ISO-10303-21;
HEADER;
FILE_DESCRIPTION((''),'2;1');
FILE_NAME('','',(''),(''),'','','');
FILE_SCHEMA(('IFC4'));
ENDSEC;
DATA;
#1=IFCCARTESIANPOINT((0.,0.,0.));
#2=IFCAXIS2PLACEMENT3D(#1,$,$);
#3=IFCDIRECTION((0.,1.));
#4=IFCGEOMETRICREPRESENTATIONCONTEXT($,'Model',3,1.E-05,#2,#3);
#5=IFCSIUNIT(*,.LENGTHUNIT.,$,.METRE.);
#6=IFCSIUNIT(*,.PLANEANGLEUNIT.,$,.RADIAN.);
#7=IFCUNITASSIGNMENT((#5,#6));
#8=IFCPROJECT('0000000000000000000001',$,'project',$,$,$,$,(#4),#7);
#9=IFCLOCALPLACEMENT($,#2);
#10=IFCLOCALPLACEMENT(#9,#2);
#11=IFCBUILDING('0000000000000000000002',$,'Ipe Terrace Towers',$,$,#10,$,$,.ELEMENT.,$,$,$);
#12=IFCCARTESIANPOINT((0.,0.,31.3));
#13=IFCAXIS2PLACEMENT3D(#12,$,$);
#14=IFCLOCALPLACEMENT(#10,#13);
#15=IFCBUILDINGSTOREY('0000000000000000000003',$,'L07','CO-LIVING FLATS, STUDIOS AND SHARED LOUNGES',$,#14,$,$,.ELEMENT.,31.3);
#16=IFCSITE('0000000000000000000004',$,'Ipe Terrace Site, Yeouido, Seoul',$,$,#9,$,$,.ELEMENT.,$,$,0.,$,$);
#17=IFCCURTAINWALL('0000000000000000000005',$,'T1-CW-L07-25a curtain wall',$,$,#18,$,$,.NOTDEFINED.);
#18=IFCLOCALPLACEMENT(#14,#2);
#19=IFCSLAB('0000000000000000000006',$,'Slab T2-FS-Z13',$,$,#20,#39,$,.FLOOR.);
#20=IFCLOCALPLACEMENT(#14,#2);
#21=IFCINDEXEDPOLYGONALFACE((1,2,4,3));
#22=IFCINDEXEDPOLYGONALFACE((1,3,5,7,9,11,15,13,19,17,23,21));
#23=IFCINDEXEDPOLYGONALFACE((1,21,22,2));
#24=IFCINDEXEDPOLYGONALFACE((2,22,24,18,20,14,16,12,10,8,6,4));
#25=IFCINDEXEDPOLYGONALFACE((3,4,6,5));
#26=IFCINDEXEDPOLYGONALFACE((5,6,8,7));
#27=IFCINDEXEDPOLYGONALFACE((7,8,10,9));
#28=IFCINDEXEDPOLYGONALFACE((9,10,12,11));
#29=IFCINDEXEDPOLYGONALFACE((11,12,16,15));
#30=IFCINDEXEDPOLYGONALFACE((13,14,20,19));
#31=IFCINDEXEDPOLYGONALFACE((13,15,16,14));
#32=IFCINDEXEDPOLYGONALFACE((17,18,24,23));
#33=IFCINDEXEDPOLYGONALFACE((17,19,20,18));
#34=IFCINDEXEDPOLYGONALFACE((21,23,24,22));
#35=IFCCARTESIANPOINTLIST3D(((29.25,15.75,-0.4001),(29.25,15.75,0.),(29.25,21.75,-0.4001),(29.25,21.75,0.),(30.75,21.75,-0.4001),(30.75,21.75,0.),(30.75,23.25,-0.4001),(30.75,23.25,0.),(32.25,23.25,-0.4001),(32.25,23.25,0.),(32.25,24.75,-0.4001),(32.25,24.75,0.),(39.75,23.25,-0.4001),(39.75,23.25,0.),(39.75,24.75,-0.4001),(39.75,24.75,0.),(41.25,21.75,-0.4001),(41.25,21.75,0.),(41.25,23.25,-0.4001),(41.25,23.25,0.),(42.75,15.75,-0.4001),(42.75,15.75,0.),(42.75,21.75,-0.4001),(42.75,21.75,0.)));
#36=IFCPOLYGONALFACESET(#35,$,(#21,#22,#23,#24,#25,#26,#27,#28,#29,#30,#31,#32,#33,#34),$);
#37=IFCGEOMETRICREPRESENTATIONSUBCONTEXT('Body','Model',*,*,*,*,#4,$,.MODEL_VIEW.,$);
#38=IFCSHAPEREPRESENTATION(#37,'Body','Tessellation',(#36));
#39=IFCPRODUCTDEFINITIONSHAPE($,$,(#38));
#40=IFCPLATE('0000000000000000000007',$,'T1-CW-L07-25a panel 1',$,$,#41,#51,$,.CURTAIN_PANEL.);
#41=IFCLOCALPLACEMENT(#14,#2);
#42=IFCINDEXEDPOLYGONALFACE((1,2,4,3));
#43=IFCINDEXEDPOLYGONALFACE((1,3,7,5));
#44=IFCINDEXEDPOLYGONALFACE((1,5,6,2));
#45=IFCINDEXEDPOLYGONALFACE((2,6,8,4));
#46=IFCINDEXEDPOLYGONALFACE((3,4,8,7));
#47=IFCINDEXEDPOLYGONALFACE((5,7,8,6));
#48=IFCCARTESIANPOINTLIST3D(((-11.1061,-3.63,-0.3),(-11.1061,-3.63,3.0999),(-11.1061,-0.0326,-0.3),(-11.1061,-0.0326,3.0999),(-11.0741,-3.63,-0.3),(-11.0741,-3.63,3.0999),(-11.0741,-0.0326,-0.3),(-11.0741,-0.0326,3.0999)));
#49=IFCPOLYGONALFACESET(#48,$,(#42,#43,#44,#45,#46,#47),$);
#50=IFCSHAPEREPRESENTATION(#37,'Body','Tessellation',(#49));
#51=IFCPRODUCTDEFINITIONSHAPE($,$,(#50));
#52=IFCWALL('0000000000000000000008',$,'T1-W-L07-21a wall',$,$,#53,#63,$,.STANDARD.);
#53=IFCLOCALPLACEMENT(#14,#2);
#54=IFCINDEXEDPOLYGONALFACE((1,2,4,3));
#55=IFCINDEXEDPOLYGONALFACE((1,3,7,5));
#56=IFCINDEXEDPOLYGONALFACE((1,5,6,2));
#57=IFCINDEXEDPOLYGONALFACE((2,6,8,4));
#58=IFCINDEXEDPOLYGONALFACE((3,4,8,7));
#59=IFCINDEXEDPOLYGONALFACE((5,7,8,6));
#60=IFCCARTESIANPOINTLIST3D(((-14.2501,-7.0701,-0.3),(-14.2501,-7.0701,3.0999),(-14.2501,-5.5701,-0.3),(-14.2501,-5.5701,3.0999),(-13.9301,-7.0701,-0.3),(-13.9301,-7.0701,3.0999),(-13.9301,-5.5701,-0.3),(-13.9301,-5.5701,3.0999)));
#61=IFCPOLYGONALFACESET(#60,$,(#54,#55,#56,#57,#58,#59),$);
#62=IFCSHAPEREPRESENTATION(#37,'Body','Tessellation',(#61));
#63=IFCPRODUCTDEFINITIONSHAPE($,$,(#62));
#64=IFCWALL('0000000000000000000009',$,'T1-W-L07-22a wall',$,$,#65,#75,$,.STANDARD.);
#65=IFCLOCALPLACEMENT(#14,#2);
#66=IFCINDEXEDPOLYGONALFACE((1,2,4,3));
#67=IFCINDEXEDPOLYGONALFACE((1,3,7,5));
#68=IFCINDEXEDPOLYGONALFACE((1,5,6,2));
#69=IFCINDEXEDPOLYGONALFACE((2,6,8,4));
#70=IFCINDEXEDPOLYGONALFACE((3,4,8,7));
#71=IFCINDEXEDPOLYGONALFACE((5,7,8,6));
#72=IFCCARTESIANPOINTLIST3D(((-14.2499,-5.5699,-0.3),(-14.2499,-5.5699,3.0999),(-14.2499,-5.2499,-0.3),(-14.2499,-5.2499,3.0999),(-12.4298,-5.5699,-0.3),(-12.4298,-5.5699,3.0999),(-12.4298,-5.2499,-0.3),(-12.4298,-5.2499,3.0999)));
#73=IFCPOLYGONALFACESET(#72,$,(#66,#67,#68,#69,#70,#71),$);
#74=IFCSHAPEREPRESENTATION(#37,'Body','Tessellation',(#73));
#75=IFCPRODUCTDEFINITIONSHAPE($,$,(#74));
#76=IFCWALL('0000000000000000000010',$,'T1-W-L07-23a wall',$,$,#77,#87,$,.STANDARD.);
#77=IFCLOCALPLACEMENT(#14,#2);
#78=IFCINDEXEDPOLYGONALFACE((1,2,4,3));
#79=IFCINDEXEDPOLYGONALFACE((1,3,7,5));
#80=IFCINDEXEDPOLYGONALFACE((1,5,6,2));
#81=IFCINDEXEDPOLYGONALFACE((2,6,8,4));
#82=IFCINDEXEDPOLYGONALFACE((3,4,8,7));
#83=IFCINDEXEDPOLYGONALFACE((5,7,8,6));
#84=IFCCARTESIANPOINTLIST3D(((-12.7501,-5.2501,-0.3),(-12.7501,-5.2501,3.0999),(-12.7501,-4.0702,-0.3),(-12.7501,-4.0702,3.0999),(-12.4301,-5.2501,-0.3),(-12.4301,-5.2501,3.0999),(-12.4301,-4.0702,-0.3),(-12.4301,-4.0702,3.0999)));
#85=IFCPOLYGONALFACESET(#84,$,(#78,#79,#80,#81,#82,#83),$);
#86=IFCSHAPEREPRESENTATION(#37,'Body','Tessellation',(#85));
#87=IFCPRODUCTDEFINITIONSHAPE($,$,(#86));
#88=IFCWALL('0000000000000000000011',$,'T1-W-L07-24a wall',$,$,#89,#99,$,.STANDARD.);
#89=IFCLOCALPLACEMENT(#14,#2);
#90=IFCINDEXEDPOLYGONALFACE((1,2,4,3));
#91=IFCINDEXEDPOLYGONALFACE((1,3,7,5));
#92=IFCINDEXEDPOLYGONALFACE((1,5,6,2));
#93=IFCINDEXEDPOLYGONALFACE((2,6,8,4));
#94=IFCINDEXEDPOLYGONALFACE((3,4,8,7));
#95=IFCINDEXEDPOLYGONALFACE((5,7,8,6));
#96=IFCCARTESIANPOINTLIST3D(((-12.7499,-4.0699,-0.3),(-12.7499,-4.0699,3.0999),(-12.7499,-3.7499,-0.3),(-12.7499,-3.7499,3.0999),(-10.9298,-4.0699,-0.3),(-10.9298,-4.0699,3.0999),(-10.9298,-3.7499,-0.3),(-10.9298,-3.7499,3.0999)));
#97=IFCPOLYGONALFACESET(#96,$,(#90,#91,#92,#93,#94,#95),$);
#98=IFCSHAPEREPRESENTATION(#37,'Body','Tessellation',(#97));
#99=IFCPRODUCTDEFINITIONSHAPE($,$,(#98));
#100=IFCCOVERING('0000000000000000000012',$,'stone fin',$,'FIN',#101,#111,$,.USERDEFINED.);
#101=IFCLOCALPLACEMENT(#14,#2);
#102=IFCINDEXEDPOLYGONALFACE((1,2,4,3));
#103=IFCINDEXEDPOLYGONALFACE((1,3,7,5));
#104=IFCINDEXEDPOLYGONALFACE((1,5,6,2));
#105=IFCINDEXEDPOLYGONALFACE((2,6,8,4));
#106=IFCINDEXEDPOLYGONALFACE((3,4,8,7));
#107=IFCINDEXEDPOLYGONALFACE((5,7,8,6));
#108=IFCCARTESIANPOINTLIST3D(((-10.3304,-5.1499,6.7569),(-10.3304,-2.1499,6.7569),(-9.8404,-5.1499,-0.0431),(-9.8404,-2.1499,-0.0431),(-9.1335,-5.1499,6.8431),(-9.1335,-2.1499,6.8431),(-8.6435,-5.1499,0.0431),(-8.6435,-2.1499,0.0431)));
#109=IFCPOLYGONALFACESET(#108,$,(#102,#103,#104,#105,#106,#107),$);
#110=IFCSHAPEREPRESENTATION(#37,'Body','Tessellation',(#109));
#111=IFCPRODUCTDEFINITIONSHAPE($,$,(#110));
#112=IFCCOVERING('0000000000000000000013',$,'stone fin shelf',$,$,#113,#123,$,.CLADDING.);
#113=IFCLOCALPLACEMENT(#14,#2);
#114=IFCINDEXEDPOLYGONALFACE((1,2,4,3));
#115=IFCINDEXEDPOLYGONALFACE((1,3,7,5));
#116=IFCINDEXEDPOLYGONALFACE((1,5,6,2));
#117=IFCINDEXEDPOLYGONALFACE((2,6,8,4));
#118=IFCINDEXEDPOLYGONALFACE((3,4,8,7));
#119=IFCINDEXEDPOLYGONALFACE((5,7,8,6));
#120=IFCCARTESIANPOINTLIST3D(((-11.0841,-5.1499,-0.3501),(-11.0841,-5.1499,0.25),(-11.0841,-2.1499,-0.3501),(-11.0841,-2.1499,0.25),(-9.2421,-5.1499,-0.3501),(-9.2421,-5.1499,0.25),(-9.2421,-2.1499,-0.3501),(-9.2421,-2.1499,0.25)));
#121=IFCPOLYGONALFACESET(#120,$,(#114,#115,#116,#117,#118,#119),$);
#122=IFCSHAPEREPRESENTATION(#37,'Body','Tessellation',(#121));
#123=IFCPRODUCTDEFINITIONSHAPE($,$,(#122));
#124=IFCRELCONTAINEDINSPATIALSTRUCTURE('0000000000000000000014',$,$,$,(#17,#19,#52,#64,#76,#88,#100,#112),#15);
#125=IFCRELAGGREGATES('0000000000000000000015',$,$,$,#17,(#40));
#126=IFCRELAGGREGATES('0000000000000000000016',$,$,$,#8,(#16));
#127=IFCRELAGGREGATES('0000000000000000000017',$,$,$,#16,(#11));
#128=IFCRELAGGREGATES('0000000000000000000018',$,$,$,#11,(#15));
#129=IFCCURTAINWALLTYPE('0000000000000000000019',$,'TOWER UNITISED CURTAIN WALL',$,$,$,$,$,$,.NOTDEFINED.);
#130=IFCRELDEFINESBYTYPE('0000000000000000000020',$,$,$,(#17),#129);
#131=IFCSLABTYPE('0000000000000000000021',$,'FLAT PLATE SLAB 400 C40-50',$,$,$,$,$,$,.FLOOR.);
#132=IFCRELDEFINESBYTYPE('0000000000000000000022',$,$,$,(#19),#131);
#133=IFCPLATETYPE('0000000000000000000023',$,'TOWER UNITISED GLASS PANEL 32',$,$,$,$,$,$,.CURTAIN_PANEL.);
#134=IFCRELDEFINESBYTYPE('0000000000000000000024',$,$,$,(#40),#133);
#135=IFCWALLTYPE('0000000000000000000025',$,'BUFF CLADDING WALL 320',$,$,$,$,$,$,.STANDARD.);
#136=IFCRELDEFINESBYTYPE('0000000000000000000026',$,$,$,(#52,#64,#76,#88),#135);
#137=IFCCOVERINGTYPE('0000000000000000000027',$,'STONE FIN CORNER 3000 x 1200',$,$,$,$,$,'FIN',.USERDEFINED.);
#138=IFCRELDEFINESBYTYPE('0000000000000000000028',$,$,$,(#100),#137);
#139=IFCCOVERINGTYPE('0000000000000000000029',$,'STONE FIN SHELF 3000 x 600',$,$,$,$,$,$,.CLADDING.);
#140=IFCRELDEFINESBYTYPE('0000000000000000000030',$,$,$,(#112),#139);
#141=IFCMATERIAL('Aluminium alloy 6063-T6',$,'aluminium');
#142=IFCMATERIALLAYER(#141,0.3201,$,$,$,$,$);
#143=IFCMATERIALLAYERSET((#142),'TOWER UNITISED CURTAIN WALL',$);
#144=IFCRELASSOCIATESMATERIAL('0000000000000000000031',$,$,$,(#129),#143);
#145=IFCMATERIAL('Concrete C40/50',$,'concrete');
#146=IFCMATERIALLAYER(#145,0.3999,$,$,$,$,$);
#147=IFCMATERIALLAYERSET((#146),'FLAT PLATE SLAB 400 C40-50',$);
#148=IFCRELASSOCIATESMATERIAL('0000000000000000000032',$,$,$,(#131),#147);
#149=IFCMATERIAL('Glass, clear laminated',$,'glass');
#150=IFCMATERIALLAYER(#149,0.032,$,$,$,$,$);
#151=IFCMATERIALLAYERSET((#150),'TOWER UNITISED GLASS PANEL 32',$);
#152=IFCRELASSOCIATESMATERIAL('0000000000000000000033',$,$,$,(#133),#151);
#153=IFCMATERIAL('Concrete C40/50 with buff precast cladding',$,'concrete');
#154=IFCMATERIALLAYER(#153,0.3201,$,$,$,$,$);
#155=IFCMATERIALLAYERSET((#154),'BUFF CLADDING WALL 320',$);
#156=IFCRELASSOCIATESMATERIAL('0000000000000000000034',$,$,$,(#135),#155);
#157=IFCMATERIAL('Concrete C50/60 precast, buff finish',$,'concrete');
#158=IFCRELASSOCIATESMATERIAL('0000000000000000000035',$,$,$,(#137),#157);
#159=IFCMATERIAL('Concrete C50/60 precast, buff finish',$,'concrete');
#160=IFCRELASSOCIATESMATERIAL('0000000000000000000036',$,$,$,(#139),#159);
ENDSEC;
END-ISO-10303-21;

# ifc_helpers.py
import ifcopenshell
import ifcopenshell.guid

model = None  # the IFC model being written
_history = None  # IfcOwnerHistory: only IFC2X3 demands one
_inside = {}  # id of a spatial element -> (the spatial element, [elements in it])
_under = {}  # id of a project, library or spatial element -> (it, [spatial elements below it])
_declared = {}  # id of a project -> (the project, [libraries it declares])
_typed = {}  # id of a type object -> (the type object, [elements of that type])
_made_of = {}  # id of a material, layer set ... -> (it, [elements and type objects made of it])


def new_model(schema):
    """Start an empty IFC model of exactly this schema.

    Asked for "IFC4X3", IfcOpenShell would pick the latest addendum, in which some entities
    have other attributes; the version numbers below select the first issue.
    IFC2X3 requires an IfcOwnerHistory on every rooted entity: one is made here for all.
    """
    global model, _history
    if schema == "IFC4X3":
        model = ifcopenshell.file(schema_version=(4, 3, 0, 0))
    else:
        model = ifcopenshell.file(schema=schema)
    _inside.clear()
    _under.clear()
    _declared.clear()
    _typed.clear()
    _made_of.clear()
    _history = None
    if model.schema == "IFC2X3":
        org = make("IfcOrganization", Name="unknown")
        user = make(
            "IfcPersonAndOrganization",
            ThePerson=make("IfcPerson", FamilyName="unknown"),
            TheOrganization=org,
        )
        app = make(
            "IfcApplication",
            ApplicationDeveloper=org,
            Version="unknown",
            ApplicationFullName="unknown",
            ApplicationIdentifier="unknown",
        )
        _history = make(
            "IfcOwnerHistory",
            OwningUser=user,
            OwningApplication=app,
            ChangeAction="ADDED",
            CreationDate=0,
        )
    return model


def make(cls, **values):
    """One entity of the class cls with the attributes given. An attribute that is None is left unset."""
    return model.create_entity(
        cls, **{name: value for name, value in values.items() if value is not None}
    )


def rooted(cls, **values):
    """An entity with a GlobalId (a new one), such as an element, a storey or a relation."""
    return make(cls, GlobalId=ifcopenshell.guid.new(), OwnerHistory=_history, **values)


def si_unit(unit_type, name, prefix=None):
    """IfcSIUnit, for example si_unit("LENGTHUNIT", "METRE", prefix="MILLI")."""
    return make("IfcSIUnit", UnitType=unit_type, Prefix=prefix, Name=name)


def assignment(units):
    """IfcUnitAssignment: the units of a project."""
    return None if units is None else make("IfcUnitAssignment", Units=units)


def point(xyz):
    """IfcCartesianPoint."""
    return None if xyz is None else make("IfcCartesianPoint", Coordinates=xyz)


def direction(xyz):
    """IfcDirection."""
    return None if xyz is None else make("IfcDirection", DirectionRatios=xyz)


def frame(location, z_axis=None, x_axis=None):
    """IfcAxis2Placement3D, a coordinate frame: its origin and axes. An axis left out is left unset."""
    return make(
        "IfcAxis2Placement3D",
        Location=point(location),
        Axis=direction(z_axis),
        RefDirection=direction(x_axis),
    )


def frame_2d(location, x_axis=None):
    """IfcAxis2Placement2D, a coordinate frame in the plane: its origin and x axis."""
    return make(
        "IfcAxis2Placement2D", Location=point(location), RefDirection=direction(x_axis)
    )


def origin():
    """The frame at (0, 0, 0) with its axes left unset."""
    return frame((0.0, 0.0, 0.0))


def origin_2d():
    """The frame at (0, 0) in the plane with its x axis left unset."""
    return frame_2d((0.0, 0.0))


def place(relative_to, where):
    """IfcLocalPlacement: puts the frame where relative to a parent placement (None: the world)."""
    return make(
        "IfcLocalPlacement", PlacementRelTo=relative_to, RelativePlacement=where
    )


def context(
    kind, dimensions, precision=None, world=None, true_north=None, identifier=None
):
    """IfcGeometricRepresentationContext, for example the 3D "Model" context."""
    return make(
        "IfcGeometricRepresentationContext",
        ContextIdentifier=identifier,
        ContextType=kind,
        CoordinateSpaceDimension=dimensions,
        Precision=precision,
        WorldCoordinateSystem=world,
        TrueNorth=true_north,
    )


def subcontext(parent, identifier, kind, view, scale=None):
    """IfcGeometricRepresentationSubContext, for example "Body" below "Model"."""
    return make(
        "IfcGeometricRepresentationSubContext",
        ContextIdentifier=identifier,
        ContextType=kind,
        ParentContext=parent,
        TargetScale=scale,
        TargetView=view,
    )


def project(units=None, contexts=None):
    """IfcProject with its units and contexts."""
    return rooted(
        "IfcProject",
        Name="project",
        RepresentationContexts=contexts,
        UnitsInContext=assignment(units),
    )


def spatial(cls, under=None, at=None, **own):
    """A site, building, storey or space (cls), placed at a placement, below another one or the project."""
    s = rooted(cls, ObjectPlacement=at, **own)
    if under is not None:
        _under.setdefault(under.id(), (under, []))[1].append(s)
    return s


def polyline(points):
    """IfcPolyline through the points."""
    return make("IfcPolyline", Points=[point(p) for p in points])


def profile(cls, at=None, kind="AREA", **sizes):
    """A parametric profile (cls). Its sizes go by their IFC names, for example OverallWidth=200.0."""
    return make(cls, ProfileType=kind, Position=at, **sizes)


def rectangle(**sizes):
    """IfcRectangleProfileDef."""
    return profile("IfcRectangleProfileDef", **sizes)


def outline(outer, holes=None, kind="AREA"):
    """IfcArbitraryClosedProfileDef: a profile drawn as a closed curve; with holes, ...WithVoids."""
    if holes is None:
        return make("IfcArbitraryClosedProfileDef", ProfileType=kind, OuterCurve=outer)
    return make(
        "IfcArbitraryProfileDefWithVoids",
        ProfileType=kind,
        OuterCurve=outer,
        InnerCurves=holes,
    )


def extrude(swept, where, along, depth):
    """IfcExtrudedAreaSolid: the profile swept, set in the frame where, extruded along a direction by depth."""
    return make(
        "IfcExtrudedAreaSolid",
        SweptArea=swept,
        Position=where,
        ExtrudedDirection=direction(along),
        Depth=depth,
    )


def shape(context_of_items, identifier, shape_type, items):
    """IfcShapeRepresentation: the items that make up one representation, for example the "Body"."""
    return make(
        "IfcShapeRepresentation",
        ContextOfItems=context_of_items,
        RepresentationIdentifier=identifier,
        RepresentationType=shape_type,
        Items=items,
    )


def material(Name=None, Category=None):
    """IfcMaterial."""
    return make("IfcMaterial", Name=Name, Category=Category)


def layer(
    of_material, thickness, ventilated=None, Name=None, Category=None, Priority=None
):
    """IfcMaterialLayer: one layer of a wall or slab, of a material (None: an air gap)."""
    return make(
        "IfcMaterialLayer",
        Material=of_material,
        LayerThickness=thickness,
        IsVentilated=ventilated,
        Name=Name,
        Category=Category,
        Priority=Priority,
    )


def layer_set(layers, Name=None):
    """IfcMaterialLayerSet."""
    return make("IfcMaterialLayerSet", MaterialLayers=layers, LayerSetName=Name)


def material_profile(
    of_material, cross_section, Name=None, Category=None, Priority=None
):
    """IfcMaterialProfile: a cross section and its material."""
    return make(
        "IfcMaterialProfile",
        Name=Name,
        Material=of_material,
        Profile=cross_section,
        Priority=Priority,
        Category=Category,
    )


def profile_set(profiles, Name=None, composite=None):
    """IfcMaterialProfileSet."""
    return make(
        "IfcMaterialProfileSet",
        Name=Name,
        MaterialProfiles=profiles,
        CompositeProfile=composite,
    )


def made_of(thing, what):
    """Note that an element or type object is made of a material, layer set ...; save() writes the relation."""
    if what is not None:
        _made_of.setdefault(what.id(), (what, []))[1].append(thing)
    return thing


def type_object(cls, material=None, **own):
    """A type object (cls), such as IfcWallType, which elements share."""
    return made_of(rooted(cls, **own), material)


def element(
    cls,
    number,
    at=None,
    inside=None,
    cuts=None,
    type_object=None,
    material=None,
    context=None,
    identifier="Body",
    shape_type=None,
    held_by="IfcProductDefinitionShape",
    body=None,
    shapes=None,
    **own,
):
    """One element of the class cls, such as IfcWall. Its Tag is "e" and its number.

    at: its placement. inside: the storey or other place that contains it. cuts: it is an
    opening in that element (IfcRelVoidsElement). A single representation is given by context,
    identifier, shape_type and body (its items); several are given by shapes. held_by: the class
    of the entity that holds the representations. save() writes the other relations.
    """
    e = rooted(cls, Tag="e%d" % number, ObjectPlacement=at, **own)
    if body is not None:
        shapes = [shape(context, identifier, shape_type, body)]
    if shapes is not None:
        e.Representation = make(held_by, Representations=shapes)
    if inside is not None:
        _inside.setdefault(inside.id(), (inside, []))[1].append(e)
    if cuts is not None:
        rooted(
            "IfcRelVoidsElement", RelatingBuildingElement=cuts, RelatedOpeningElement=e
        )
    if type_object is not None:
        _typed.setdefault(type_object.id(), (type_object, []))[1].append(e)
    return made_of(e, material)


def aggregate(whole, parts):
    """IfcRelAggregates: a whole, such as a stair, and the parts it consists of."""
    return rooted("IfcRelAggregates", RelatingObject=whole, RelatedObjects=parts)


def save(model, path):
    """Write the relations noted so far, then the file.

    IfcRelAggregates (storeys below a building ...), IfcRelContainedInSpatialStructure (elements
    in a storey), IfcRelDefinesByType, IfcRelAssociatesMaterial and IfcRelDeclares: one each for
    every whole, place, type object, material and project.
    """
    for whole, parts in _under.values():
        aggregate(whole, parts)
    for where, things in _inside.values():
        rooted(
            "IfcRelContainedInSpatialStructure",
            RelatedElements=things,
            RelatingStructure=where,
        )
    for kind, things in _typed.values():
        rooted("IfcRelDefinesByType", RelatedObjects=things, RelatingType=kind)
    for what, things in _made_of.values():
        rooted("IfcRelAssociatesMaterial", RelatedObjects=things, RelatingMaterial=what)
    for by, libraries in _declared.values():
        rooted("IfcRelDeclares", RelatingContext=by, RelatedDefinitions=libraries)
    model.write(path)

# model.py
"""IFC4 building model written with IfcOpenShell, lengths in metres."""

from ifc_helpers import new_model, si_unit, direction, frame, frame_2d, origin, origin_2d, place, context, subcontext, project, spatial, polyline, rectangle, outline, extrude, material, layer, layer_set, material_profile, profile_set, type_object, element, aggregate, save


model = new_model("IFC4")

# Units and contexts
model_context = context("Model", 3, precision=1e-05, world=origin(), true_north=direction((0.0, 1.0)))
body_context = subcontext(model_context, "Body", "Model", "MODEL_VIEW")
ifc_project = project(units=[si_unit("LENGTHUNIT", "METRE"), si_unit("PLANEANGLEUNIT", "RADIAN")], contexts=[model_context])

# Site, building, storey
site_placement = place(None, origin())
site = spatial("IfcSite", under=ifc_project, at=site_placement, Name="Ipe Terrace Site, Yeouido, Seoul", CompositionType="ELEMENT", RefElevation=0.0)
building_placement = place(site_placement, origin())
building = spatial("IfcBuilding", under=site, at=building_placement, Name="Ipe Terrace Towers", CompositionType="ELEMENT")
storey_placement = place(building_placement, frame((0.0, 0.0, 31.3)))
storey = spatial("IfcBuildingStorey", under=building, at=storey_placement, Name="L07", Description="CO-LIVING FLATS, STUDIOS AND SHARED LOUNGES", CompositionType="ELEMENT", Elevation=31.3)

# Curtain wall
ifc_material_1 = material(Name="Aluminium alloy 6063-T6", Category="aluminium")
ifc_layer_1 = layer(ifc_material_1, 0.3201)
ifc_layer_set_1 = layer_set([ifc_layer_1], Name="TOWER UNITISED CURTAIN WALL")
curtain_wall_type = type_object("IfcCurtainWallType", Name="TOWER UNITISED CURTAIN WALL", PredefinedType="NOTDEFINED", material=ifc_layer_set_1)
curtain_wall_placement = place(storey_placement, origin())
curtain_wall = element("IfcCurtainWall", 1, at=curtain_wall_placement, inside=storey, type_object=curtain_wall_type, Name="T1-CW-L07-25a curtain wall", PredefinedType="NOTDEFINED")

# Slab
ifc_material_2 = material(Name="Concrete C40/50", Category="concrete")
ifc_layer_2 = layer(ifc_material_2, 0.3999)
ifc_layer_set_2 = layer_set([ifc_layer_2], Name="FLAT PLATE SLAB 400 C40-50")
slab_type_1 = type_object("IfcSlabType", Name="FLAT PLATE SLAB 400 C40-50", PredefinedType="FLOOR", material=ifc_layer_set_2)
slab_1_placement = place(storey_placement, frame((0.0, 0.0, -0.4001)))
element("IfcSlab", 2, at=slab_1_placement, inside=storey, type_object=slab_type_1, Name="Slab T2-FS-Z13", PredefinedType="FLOOR", context=body_context, shape_type="SweptSolid", body=[
    extrude(outline(polyline([(30.75, 21.75), (30.75, 23.25), (32.25, 23.25), (32.25, 24.75), (39.75, 24.75), (39.75, 23.25), (41.25, 23.25), (41.25, 21.75), (42.75, 21.75), (42.75, 15.75), (29.25, 15.75), (29.25, 21.75), (30.75, 21.75)])), origin(), (0.0, 0.0, 1.0), 0.4001),
])

# Plate
ifc_material_3 = material(Name="Glass, clear laminated", Category="glass")
ifc_layer_3 = layer(ifc_material_3, 0.032)
ifc_layer_set_3 = layer_set([ifc_layer_3], Name="TOWER UNITISED GLASS PANEL 32")
plate_type = type_object("IfcPlateType", Name="TOWER UNITISED GLASS PANEL 32", PredefinedType="CURTAIN_PANEL", material=ifc_layer_set_3)
plate_placement = place(storey_placement, frame((-11.0901, -1.8313, -0.3), z_axis=(0.0, 0.0, 1.0), x_axis=(0.0, 1.0, 0.0)))
plate = element("IfcPlate", 3, at=plate_placement, type_object=plate_type, Name="T1-CW-L07-25a panel 1", PredefinedType="CURTAIN_PANEL", context=body_context, shape_type="SweptSolid", body=[
    extrude(rectangle(XDim=3.5974, YDim=0.032, at=origin_2d()), origin(), (0.0, 0.0, 1.0), 3.3999),
])
aggregate(curtain_wall, [plate])

# Walls
ifc_material_4 = material(Name="Concrete C40/50 with buff precast cladding", Category="concrete")
ifc_layer_4 = layer(ifc_material_4, 0.3201)
ifc_layer_set_4 = layer_set([ifc_layer_4], Name="BUFF CLADDING WALL 320")
wall_type = type_object("IfcWallType", Name="BUFF CLADDING WALL 320", PredefinedType="STANDARD", material=ifc_layer_set_4)
wall_1_placement = place(storey_placement, frame((-14.0901, -7.0701, -0.3), z_axis=(0.0, 0.0, 1.0), x_axis=(0.0, 1.0, 0.0)))
element("IfcWall", 4, at=wall_1_placement, inside=storey, type_object=wall_type, Name="T1-W-L07-21a wall", PredefinedType="STANDARD", context=body_context, shape_type="SweptSolid", body=[
    extrude(rectangle(XDim=1.5, YDim=0.3201, at=frame_2d((0.75, 0.0))), origin(), (0.0, 0.0, 1.0), 3.3999),
])
wall_2_placement = place(storey_placement, frame((-14.25, -5.4099, -0.3), z_axis=(0.0, 0.0, 1.0), x_axis=(1.0, 0.0, 0.0)))
element("IfcWall", 5, at=wall_2_placement, inside=storey, type_object=wall_type, Name="T1-W-L07-22a wall", PredefinedType="STANDARD", context=body_context, shape_type="SweptSolid", body=[
    extrude(rectangle(XDim=1.8201, YDim=0.3201, at=frame_2d((0.9102, 0.0))), origin(), (0.0, 0.0, 1.0), 3.3999),
])
wall_3_placement = place(storey_placement, frame((-12.5901, -5.25, -0.3), z_axis=(0.0, 0.0, 1.0), x_axis=(0.0, 1.0, 0.0)))
element("IfcWall", 6, at=wall_3_placement, inside=storey, type_object=wall_type, Name="T1-W-L07-23a wall", PredefinedType="STANDARD", context=body_context, shape_type="SweptSolid", body=[
    extrude(rectangle(XDim=1.1799, YDim=0.3201, at=frame_2d((0.5898, 0.0))), origin(), (0.0, 0.0, 1.0), 3.3999),
])
wall_4_placement = place(storey_placement, frame((-12.75, -3.9099, -0.3), z_axis=(0.0, 0.0, 1.0), x_axis=(1.0, 0.0, 0.0)))
element("IfcWall", 7, at=wall_4_placement, inside=storey, type_object=wall_type, Name="T1-W-L07-24a wall", PredefinedType="STANDARD", context=body_context, shape_type="SweptSolid", body=[
    extrude(rectangle(XDim=1.8201, YDim=0.3201, at=frame_2d((0.9102, 0.0))), origin(), (0.0, 0.0, 1.0), 3.3999),
])

# Coverings
ifc_material_5 = material(Name="Concrete C50/60 precast, buff finish", Category="concrete")
ifc_material_profile_1 = material_profile(ifc_material_5, rectangle(XDim=3.0, YDim=1.2, at=origin_2d()), Name="STONE FIN CORNER 3000 x 1200")
ifc_profile_set_1 = profile_set([ifc_material_profile_1], Name="Concrete C50/60 precast, buff finish")
covering_type_1 = type_object("IfcCoveringType", Name="STONE FIN CORNER 3000 x 1200", ElementType="FIN", PredefinedType="USERDEFINED", material=ifc_profile_set_1)
covering_1_placement = place(storey_placement, frame((-9.2419, -3.6499, 0.0), z_axis=(-0.071871, 0.0, 0.997414), x_axis=(0.0, 1.0, 0.0)))
element("IfcCovering", 8, at=covering_1_placement, inside=storey, type_object=covering_type_1, Name="stone fin", ObjectType="FIN", PredefinedType="USERDEFINED", context=body_context, shape_type="SweptSolid", body=[
    extrude(rectangle(XDim=3.0, YDim=1.2, at=origin_2d()), origin(), (0.0, 0.0, 1.0), 6.8176),
])
ifc_material_6 = material(Name="Concrete C50/60 precast, buff finish", Category="concrete")
covering_type_2 = type_object("IfcCoveringType", Name="STONE FIN SHELF 3000 x 600", PredefinedType="CLADDING", material=ifc_material_6)
covering_2_placement = place(storey_placement, frame((-10.1631, -3.6499, -0.3501), z_axis=(0.0, 0.0, 1.0), x_axis=(0.0, 1.0, 0.0)))
element("IfcCovering", 9, at=covering_2_placement, inside=storey, type_object=covering_type_2, Name="stone fin shelf", PredefinedType="CLADDING", context=body_context, shape_type="SweptSolid", body=[
    extrude(rectangle(XDim=3.0, YDim=1.842, at=origin_2d()), origin(), (0.0, 0.0, 1.0), 0.6001),
])

save(model, "model.ifc")
